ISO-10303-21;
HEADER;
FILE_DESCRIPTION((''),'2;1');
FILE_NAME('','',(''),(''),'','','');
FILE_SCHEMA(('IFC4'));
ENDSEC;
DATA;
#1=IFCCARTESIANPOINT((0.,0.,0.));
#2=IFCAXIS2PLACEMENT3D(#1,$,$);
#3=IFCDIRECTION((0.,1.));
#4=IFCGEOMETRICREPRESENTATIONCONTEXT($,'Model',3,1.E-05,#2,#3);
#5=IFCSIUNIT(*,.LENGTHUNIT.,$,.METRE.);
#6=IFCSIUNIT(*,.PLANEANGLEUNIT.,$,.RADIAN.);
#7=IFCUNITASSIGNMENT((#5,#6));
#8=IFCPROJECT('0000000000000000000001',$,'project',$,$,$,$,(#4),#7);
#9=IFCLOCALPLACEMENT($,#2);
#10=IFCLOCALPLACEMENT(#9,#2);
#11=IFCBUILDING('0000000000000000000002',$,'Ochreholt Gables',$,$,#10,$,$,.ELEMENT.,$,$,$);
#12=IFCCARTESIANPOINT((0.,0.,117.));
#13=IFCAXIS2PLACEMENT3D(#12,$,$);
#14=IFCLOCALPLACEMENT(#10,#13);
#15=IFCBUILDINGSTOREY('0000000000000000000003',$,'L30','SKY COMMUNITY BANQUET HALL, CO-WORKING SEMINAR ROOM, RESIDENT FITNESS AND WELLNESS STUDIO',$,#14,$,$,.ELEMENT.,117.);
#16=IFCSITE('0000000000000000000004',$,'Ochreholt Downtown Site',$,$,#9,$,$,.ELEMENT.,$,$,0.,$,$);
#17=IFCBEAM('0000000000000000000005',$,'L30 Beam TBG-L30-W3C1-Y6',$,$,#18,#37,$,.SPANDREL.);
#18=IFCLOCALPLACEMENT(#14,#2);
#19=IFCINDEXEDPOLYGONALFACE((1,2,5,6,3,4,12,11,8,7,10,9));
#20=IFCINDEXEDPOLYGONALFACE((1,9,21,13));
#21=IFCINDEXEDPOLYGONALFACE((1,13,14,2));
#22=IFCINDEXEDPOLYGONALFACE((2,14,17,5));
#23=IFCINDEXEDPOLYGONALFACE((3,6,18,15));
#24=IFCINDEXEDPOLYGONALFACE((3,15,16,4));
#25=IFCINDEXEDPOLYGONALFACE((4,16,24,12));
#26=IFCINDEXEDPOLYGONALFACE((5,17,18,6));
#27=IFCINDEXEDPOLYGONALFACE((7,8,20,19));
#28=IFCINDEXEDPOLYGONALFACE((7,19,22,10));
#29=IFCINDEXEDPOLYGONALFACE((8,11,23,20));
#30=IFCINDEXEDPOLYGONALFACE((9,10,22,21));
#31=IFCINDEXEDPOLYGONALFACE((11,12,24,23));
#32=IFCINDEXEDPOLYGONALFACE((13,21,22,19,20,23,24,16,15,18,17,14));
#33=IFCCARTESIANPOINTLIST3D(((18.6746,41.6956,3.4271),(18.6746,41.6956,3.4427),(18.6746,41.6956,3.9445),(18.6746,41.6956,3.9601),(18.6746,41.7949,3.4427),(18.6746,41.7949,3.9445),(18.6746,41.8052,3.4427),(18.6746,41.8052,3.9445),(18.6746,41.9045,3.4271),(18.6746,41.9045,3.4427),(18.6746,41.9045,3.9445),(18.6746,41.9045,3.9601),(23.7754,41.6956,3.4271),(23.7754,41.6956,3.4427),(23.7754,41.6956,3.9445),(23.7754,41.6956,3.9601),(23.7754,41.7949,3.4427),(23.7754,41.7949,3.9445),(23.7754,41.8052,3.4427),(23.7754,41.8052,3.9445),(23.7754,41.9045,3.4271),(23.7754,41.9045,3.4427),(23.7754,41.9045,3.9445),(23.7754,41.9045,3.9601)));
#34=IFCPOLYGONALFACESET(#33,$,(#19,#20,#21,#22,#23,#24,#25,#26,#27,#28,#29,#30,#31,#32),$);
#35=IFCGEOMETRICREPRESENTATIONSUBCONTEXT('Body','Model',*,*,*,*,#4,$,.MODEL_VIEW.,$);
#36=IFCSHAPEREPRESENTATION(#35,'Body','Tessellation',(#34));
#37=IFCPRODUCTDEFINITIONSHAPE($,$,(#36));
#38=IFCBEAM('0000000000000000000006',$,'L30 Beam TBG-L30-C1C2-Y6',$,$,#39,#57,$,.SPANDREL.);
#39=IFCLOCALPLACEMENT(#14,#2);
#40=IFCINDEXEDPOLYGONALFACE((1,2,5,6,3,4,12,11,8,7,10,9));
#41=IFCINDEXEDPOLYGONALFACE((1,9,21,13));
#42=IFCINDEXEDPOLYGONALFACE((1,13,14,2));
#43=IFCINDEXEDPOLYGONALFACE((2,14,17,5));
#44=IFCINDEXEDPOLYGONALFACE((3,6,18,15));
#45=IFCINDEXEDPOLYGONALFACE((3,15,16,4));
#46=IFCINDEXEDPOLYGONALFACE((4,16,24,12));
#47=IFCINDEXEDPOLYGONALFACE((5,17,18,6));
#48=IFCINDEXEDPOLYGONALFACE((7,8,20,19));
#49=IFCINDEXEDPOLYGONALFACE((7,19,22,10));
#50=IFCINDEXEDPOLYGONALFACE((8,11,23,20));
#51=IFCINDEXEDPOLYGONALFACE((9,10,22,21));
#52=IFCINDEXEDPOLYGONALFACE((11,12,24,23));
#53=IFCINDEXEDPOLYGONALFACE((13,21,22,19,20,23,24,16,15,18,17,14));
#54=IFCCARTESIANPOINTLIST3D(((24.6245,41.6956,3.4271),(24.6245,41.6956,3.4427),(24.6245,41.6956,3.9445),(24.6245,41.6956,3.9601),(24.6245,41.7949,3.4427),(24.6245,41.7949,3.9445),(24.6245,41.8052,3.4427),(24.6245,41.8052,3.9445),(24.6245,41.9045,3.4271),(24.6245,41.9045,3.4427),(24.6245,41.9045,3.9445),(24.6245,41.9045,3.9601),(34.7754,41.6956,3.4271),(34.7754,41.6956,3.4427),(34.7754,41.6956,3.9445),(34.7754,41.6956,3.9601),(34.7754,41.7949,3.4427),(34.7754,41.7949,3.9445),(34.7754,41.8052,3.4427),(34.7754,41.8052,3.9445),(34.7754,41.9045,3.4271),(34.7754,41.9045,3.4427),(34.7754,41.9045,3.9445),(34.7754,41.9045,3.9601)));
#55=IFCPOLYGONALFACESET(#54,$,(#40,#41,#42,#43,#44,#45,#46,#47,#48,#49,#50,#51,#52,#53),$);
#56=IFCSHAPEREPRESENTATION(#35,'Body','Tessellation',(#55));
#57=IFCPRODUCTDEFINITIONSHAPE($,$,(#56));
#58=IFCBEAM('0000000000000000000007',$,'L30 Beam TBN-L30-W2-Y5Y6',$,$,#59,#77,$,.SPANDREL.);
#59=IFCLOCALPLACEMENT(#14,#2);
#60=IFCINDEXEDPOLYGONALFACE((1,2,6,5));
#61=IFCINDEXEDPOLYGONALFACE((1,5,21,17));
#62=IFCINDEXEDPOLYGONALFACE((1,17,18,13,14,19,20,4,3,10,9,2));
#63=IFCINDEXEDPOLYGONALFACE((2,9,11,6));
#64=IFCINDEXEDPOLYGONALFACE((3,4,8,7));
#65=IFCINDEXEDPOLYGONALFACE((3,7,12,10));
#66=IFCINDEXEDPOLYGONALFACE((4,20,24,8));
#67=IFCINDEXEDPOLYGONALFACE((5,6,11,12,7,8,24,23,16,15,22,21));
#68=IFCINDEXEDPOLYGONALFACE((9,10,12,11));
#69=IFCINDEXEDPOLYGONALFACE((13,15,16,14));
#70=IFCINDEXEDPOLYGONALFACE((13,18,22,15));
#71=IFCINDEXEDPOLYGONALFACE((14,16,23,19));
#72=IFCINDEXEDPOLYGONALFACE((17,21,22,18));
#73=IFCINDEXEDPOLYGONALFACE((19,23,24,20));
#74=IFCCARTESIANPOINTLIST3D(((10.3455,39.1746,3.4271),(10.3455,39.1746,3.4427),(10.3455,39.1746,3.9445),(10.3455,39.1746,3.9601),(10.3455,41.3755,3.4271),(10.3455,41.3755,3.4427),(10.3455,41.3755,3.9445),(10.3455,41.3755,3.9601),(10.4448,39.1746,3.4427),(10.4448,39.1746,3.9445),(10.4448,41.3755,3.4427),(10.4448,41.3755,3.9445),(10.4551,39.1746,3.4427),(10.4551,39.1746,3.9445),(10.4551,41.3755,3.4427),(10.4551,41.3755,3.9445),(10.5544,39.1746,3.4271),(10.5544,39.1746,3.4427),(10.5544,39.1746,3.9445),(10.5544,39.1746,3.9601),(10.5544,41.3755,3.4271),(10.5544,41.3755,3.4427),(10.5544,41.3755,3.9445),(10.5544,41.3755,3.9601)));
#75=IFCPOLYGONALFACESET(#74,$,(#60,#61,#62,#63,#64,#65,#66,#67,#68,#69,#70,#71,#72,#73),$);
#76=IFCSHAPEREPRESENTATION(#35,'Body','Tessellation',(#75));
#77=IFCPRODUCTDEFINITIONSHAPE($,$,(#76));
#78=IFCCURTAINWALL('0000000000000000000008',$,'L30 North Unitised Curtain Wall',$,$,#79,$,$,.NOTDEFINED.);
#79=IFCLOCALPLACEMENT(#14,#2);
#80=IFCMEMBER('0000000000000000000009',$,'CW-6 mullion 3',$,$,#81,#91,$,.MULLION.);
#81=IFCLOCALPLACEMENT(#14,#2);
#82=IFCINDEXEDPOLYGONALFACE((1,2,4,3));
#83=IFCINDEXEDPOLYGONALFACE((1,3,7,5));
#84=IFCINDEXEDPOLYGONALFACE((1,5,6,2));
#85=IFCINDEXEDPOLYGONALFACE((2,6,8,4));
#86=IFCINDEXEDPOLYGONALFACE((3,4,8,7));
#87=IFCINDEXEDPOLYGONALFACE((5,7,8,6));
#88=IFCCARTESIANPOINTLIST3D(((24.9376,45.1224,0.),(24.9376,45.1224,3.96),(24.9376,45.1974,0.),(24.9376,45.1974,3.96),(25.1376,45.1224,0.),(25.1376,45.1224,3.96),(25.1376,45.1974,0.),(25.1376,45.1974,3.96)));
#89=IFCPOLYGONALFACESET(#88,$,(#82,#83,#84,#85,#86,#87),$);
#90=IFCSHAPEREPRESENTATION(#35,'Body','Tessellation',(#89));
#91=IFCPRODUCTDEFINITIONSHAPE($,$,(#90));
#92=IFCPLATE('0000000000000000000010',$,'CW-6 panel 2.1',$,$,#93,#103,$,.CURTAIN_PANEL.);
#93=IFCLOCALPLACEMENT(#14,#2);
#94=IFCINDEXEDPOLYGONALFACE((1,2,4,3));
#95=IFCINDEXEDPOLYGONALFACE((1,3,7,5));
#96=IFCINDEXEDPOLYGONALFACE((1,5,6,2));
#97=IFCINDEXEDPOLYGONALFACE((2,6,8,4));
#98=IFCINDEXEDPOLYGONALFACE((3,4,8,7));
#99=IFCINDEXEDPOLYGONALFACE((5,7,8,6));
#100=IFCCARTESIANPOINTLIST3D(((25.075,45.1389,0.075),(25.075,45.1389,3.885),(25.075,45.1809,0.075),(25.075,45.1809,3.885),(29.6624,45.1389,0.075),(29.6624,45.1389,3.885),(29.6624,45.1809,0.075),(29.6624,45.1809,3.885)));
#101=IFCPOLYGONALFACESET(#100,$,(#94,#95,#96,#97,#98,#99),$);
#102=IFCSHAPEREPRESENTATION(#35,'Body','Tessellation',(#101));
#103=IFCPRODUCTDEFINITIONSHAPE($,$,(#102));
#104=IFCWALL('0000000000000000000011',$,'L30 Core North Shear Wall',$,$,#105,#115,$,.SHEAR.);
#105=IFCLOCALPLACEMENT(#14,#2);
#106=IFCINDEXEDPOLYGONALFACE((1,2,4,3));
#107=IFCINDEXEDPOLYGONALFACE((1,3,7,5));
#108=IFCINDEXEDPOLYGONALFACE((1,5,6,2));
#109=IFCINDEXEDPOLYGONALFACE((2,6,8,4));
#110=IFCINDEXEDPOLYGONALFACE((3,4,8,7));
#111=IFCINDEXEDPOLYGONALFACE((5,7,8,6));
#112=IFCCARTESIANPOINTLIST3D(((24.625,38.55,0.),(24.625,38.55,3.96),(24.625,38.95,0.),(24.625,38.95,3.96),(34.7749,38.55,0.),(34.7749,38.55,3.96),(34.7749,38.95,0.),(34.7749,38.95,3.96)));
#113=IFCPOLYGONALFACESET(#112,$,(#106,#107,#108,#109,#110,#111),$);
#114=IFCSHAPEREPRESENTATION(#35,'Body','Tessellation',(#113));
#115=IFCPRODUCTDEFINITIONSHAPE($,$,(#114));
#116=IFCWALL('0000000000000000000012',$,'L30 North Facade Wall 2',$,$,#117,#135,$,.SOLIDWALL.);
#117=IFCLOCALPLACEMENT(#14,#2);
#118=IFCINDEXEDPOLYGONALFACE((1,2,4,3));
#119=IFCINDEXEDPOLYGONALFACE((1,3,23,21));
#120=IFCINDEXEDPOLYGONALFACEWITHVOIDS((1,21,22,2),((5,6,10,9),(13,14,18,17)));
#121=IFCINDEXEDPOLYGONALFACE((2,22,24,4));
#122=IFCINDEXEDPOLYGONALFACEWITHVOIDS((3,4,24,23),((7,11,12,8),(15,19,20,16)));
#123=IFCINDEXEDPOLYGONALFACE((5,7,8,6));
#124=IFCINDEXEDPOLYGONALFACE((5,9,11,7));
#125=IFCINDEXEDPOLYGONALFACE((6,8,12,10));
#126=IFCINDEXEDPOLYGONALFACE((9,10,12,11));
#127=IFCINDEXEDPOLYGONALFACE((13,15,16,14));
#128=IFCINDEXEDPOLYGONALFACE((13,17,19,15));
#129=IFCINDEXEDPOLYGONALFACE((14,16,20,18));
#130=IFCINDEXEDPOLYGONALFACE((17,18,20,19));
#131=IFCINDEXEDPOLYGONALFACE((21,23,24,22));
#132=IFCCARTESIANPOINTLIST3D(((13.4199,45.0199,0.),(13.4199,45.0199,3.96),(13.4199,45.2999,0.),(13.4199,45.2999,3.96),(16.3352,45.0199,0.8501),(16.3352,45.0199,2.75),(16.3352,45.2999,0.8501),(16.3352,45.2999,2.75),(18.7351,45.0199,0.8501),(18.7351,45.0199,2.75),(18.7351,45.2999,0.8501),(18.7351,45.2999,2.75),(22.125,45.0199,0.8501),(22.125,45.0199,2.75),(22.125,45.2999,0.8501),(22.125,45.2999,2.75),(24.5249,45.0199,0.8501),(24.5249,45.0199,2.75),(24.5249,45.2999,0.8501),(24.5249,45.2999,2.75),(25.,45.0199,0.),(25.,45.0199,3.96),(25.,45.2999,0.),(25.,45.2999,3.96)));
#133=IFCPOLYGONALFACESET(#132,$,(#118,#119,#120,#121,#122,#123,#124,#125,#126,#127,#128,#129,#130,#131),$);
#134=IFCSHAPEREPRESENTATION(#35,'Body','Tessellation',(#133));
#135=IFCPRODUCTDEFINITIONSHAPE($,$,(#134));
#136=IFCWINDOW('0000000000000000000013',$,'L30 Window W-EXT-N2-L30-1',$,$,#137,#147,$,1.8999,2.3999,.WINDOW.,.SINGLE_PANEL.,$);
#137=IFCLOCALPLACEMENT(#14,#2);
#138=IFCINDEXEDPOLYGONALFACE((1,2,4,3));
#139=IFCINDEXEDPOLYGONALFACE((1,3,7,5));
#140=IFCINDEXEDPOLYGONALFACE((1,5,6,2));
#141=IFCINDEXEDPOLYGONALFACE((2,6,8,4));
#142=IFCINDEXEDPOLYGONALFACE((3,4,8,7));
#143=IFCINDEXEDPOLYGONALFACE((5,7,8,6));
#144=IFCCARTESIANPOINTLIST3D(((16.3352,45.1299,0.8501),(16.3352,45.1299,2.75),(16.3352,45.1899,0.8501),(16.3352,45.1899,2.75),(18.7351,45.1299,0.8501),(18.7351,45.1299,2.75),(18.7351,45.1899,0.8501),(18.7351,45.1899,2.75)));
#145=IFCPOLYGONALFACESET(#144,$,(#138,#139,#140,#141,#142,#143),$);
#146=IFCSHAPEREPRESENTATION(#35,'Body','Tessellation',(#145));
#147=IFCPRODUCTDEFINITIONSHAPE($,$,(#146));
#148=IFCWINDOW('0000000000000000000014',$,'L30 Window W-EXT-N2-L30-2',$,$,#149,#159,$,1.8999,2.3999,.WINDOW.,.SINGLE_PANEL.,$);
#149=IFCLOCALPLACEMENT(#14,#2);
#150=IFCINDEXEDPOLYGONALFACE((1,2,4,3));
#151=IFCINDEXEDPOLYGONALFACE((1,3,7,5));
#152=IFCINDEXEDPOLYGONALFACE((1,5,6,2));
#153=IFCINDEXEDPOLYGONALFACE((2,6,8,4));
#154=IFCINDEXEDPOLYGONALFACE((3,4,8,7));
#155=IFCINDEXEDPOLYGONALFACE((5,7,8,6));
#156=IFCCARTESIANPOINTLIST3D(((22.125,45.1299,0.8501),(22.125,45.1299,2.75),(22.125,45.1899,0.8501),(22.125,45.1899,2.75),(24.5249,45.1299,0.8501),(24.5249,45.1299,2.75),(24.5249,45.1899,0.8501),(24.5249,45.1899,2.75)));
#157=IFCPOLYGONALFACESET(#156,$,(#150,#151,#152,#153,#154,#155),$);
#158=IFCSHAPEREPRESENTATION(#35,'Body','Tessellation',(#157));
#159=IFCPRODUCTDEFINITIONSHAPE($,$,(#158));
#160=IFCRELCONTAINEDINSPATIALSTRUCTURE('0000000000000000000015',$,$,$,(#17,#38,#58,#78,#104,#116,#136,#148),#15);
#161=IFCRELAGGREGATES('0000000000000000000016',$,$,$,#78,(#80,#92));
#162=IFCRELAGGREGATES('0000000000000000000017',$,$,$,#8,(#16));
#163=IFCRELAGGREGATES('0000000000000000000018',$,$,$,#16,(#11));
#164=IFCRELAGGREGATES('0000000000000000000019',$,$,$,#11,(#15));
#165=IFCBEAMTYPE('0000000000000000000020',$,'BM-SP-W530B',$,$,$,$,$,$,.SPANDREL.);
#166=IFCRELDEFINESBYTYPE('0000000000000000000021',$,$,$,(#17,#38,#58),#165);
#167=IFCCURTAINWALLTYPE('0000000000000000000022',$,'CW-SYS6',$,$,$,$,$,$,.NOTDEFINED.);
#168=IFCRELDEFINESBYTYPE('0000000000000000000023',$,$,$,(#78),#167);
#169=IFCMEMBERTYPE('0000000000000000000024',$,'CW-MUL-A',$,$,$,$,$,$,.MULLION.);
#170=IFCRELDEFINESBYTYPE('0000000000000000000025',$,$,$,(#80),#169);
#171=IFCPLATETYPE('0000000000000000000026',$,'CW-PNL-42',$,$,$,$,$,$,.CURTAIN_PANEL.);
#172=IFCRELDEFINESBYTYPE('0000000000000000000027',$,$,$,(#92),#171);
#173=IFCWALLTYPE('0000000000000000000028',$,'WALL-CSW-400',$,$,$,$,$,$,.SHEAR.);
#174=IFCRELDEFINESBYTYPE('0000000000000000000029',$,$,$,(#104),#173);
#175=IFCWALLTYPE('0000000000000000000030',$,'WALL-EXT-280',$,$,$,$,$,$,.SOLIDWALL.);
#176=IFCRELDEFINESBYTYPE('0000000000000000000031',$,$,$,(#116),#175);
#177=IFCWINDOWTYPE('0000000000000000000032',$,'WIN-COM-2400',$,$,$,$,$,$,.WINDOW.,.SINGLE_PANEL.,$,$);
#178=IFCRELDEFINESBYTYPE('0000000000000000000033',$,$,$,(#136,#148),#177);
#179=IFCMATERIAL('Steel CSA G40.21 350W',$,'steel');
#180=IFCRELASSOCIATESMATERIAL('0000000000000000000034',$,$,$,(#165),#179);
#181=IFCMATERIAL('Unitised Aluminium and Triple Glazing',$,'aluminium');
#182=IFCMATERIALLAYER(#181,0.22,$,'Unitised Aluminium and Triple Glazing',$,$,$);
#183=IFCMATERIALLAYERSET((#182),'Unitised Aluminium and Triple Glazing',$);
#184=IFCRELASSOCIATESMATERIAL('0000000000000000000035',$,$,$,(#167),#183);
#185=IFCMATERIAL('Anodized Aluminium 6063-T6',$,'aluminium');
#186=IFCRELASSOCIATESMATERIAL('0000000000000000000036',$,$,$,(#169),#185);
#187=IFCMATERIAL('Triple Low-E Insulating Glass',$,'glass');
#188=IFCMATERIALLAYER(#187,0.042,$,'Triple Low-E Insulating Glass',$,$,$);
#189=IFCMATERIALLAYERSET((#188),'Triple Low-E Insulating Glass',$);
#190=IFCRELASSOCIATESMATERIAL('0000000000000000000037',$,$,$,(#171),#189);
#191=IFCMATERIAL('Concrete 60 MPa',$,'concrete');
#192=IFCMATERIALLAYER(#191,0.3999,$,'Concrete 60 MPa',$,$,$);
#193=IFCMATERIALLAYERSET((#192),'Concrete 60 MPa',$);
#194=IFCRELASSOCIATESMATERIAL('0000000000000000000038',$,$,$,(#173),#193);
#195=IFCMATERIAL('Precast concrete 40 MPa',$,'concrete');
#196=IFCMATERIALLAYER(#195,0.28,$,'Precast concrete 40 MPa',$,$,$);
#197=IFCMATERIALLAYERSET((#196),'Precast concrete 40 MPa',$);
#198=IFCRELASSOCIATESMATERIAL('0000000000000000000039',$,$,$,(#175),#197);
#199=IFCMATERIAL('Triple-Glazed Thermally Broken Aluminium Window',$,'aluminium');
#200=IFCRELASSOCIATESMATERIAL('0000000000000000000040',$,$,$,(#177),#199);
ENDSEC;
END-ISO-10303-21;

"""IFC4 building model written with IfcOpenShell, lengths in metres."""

from ifc_helpers import new_model, si_unit, direction, frame, frame_2d, origin, origin_2d, place, context, subcontext, project, spatial, rectangle, i_section, extrude, material, layer, layer_set, material_profile, profile_set, type_object, element, fill, aggregate, save


model = new_model("IFC4")

# Units and contexts
model_context = context("Model", 3, precision=1e-05, world=origin(), true_north=direction((0.0, 1.0)))
body_context = subcontext(model_context, "Body", "Model", "MODEL_VIEW")
ifc_project = project(units=[si_unit("LENGTHUNIT", "METRE"), si_unit("PLANEANGLEUNIT", "RADIAN")], contexts=[model_context])

# Site, building, storey
site_placement = place(None, origin())
site = spatial("IfcSite", under=ifc_project, at=site_placement, Name="Ochreholt Downtown Site", CompositionType="ELEMENT", RefElevation=0.0)
building_placement = place(site_placement, origin())
building = spatial("IfcBuilding", under=site, at=building_placement, Name="Ochreholt Gables", CompositionType="ELEMENT")
storey_placement = place(building_placement, frame((0.0, 0.0, 117.0)))
storey = spatial("IfcBuildingStorey", under=building, at=storey_placement, Name="L30", Description="SKY COMMUNITY BANQUET HALL, CO-WORKING SEMINAR ROOM, RESIDENT FITNESS AND WELLNESS STUDIO", CompositionType="ELEMENT", Elevation=117.0)

# Shared definitions
ifc_material_1 = material(Name="Concrete 60 MPa", Category="concrete")

# Beams
ifc_material_2 = material(Name="Steel CSA G40.21 350W", Category="steel")
ifc_material_profile_1 = material_profile(ifc_material_2, i_section(OverallWidth=0.209, OverallDepth=0.533, WebThickness=0.0103, FlangeThickness=0.0156, at=origin_2d()), Name="W530X92")
ifc_profile_set_1 = profile_set([ifc_material_profile_1], Name="Steel CSA G40.21 350W")
beam_type_1 = type_object("IfcBeamType", Name="BM-SP-W530B", PredefinedType="SPANDREL", material=ifc_profile_set_1)
beam_1_placement = place(storey_placement, frame((18.6746, 41.8, 3.6936), z_axis=(1.0, 0.0, 0.0), x_axis=(0.0, 1.0, 0.0)))
element("IfcBeam", 1, at=beam_1_placement, inside=storey, type_object=beam_type_1, Name="L30 Beam TBG-L30-W3C1-Y6", PredefinedType="SPANDREL", context=body_context, shape_type="SweptSolid", body=[
    extrude(i_section(OverallWidth=0.209, OverallDepth=0.533, WebThickness=0.0103, FlangeThickness=0.0156, at=origin_2d()), origin(), (0.0, 0.0, 1.0), 5.1008),
])
beam_2_placement = place(storey_placement, frame((24.6245, 41.8, 3.6936), z_axis=(1.0, 0.0, 0.0), x_axis=(0.0, 1.0, 0.0)))
element("IfcBeam", 2, at=beam_2_placement, inside=storey, type_object=beam_type_1, Name="L30 Beam TBG-L30-C1C2-Y6", PredefinedType="SPANDREL", context=body_context, shape_type="SweptSolid", body=[
    extrude(i_section(OverallWidth=0.209, OverallDepth=0.533, WebThickness=0.0103, FlangeThickness=0.0156, at=origin_2d()), origin(), (0.0, 0.0, 1.0), 10.1509),
])
beam_3_placement = place(storey_placement, frame((10.45, 39.1746, 3.6936), z_axis=(0.0, 1.0, 0.0), x_axis=(-1.0, 0.0, 0.0)))
element("IfcBeam", 3, at=beam_3_placement, inside=storey, type_object=beam_type_1, Name="L30 Beam TBN-L30-W2-Y5Y6", PredefinedType="SPANDREL", context=body_context, shape_type="SweptSolid", body=[
    extrude(i_section(OverallWidth=0.209, OverallDepth=0.533, WebThickness=0.0103, FlangeThickness=0.0156, at=origin_2d()), origin(), (0.0, 0.0, 1.0), 2.2009),
])

# Curtain wall, member, plate
ifc_material_3 = material(Name="Unitised Aluminium and Triple Glazing", Category="aluminium")
ifc_layer_1 = layer(ifc_material_3, 0.22, Name="Unitised Aluminium and Triple Glazing")
ifc_layer_set_1 = layer_set([ifc_layer_1], Name="Unitised Aluminium and Triple Glazing")
curtain_wall_type = type_object("IfcCurtainWallType", Name="CW-SYS6", PredefinedType="NOTDEFINED", material=ifc_layer_set_1)
curtain_wall_placement = place(storey_placement, origin())
curtain_wall = element("IfcCurtainWall", 4, at=curtain_wall_placement, inside=storey, type_object=curtain_wall_type, Name="L30 North Unitised Curtain Wall", PredefinedType="NOTDEFINED")
ifc_material_4 = material(Name="Anodized Aluminium 6063-T6", Category="aluminium")
ifc_material_profile_2 = material_profile(ifc_material_4, rectangle(XDim=0.075, YDim=0.2, at=origin_2d()), Name="CWM75X200")
ifc_profile_set_2 = profile_set([ifc_material_profile_2], Name="Anodized Aluminium 6063-T6")
member_type = type_object("IfcMemberType", Name="CW-MUL-A", PredefinedType="MULLION", material=ifc_profile_set_2)
member_placement = place(storey_placement, frame((25.0376, 45.1599, 0.0), z_axis=(0.0, 0.0, 1.0), x_axis=(0.0, -1.0, 0.0)))
member = element("IfcMember", 5, at=member_placement, type_object=member_type, Name="CW-6 mullion 3", PredefinedType="MULLION", context=body_context, shape_type="SweptSolid", body=[
    extrude(rectangle(XDim=0.075, YDim=0.2, at=origin_2d()), origin(), (0.0, 0.0, 1.0), 3.96),
])
ifc_material_5 = material(Name="Triple Low-E Insulating Glass", Category="glass")
ifc_layer_2 = layer(ifc_material_5, 0.042, Name="Triple Low-E Insulating Glass")
ifc_layer_set_2 = layer_set([ifc_layer_2], Name="Triple Low-E Insulating Glass")
plate_type = type_object("IfcPlateType", Name="CW-PNL-42", PredefinedType="CURTAIN_PANEL", material=ifc_layer_set_2)
plate_placement = place(storey_placement, frame((27.3687, 45.1599, 0.075), z_axis=(0.0, 0.0, 1.0), x_axis=(-1.0, 0.0, 0.0)))
plate = element("IfcPlate", 6, at=plate_placement, type_object=plate_type, Name="CW-6 panel 2.1", PredefinedType="CURTAIN_PANEL", context=body_context, shape_type="SweptSolid", body=[
    extrude(rectangle(XDim=4.5874, YDim=0.042, at=origin_2d()), origin(), (0.0, 0.0, 1.0), 3.8101),
])
aggregate(curtain_wall, [member, plate])

# Wall
ifc_layer_3 = layer(ifc_material_1, 0.3999, Name="Concrete 60 MPa")
ifc_layer_set_3 = layer_set([ifc_layer_3], Name="Concrete 60 MPa")
wall_type_1 = type_object("IfcWallType", Name="WALL-CSW-400", PredefinedType="SHEAR", material=ifc_layer_set_3)
wall_1_placement = place(storey_placement, frame((24.625, 38.75, 0.0), z_axis=(0.0, 0.0, 1.0), x_axis=(1.0, 0.0, 0.0)))
element("IfcWall", 7, at=wall_1_placement, inside=storey, type_object=wall_type_1, Name="L30 Core North Shear Wall", PredefinedType="SHEAR", context=body_context, shape_type="SweptSolid", body=[
    extrude(rectangle(XDim=10.1499, YDim=0.3999, at=frame_2d((5.075, 0.0))), origin(), (0.0, 0.0, 1.0), 3.96),
])

# Wall, openings, windows
ifc_material_6 = material(Name="Precast concrete 40 MPa", Category="concrete")
ifc_layer_4 = layer(ifc_material_6, 0.28, Name="Precast concrete 40 MPa")
ifc_layer_set_4 = layer_set([ifc_layer_4], Name="Precast concrete 40 MPa")
wall_type_2 = type_object("IfcWallType", Name="WALL-EXT-280", PredefinedType="SOLIDWALL", material=ifc_layer_set_4)
wall_2_placement = place(storey_placement, frame((25.0, 45.1599, 0.0), z_axis=(0.0, 0.0, 1.0), x_axis=(-1.0, 0.0, 0.0)))
wall_2 = element("IfcWall", 8, at=wall_2_placement, inside=storey, type_object=wall_type_2, Name="L30 North Facade Wall 2", PredefinedType="SOLIDWALL", context=body_context, shape_type="SweptSolid", body=[
    extrude(rectangle(XDim=11.5801, YDim=0.28, at=frame_2d((5.79, 0.0))), origin(), (0.0, 0.0, 1.0), 3.96),
])
opening_1_placement = place(wall_2_placement, frame((6.2649, 0.0, 0.8501)))
opening_1 = element("IfcOpeningElement", 9, at=opening_1_placement, cuts=wall_2, PredefinedType="OPENING", context=body_context, shape_type="SweptSolid", body=[
    extrude(rectangle(XDim=2.3999, YDim=1.8999, at=frame_2d((1.2, 0.95))), frame((0.0, 0.1499, 0.0), z_axis=(0.0, -1.0, 0.0), x_axis=(1.0, 0.0, 0.0)), (0.0, 0.0, 1.0), 0.3),
])
opening_2_placement = place(wall_2_placement, frame((0.4751, 0.0, 0.8501)))
opening_2 = element("IfcOpeningElement", 10, at=opening_2_placement, cuts=wall_2, PredefinedType="OPENING", context=body_context, shape_type="SweptSolid", body=[
    extrude(rectangle(XDim=2.3999, YDim=1.8999, at=frame_2d((1.2, 0.95))), frame((0.0, 0.1499, 0.0), z_axis=(0.0, -1.0, 0.0), x_axis=(1.0, 0.0, 0.0)), (0.0, 0.0, 1.0), 0.3),
])
ifc_material_7 = material(Name="Triple-Glazed Thermally Broken Aluminium Window", Category="aluminium")
window_type = type_object("IfcWindowType", Name="WIN-COM-2400", PartitioningType="SINGLE_PANEL", PredefinedType="WINDOW", material=ifc_material_7)
window_1_placement = place(opening_1_placement, origin())
window_1 = element("IfcWindow", 11, at=window_1_placement, inside=storey, type_object=window_type, Name="L30 Window W-EXT-N2-L30-1", OverallHeight=1.8999, OverallWidth=2.3999, PartitioningType="SINGLE_PANEL", PredefinedType="WINDOW", context=body_context, shape_type="SweptSolid", body=[
    extrude(rectangle(XDim=2.3999, YDim=1.8999, at=frame_2d((1.2, 0.95))), frame((0.0, 0.03, 0.0), z_axis=(0.0, -1.0, 0.0), x_axis=(1.0, 0.0, 0.0)), (0.0, 0.0, 1.0), 0.0601),
])
fill(opening_1, window_1)
window_2_placement = place(opening_2_placement, origin())
window_2 = element("IfcWindow", 12, at=window_2_placement, inside=storey, type_object=window_type, Name="L30 Window W-EXT-N2-L30-2", OverallHeight=1.8999, OverallWidth=2.3999, PartitioningType="SINGLE_PANEL", PredefinedType="WINDOW", context=body_context, shape_type="SweptSolid", body=[
    extrude(rectangle(XDim=2.3999, YDim=1.8999, at=frame_2d((1.2, 0.95))), frame((0.0, 0.03, 0.0), z_axis=(0.0, -1.0, 0.0), x_axis=(1.0, 0.0, 0.0)), (0.0, 0.0, 1.0), 0.0601),
])
fill(opening_2, window_2)

save(model, "model.ifc")
